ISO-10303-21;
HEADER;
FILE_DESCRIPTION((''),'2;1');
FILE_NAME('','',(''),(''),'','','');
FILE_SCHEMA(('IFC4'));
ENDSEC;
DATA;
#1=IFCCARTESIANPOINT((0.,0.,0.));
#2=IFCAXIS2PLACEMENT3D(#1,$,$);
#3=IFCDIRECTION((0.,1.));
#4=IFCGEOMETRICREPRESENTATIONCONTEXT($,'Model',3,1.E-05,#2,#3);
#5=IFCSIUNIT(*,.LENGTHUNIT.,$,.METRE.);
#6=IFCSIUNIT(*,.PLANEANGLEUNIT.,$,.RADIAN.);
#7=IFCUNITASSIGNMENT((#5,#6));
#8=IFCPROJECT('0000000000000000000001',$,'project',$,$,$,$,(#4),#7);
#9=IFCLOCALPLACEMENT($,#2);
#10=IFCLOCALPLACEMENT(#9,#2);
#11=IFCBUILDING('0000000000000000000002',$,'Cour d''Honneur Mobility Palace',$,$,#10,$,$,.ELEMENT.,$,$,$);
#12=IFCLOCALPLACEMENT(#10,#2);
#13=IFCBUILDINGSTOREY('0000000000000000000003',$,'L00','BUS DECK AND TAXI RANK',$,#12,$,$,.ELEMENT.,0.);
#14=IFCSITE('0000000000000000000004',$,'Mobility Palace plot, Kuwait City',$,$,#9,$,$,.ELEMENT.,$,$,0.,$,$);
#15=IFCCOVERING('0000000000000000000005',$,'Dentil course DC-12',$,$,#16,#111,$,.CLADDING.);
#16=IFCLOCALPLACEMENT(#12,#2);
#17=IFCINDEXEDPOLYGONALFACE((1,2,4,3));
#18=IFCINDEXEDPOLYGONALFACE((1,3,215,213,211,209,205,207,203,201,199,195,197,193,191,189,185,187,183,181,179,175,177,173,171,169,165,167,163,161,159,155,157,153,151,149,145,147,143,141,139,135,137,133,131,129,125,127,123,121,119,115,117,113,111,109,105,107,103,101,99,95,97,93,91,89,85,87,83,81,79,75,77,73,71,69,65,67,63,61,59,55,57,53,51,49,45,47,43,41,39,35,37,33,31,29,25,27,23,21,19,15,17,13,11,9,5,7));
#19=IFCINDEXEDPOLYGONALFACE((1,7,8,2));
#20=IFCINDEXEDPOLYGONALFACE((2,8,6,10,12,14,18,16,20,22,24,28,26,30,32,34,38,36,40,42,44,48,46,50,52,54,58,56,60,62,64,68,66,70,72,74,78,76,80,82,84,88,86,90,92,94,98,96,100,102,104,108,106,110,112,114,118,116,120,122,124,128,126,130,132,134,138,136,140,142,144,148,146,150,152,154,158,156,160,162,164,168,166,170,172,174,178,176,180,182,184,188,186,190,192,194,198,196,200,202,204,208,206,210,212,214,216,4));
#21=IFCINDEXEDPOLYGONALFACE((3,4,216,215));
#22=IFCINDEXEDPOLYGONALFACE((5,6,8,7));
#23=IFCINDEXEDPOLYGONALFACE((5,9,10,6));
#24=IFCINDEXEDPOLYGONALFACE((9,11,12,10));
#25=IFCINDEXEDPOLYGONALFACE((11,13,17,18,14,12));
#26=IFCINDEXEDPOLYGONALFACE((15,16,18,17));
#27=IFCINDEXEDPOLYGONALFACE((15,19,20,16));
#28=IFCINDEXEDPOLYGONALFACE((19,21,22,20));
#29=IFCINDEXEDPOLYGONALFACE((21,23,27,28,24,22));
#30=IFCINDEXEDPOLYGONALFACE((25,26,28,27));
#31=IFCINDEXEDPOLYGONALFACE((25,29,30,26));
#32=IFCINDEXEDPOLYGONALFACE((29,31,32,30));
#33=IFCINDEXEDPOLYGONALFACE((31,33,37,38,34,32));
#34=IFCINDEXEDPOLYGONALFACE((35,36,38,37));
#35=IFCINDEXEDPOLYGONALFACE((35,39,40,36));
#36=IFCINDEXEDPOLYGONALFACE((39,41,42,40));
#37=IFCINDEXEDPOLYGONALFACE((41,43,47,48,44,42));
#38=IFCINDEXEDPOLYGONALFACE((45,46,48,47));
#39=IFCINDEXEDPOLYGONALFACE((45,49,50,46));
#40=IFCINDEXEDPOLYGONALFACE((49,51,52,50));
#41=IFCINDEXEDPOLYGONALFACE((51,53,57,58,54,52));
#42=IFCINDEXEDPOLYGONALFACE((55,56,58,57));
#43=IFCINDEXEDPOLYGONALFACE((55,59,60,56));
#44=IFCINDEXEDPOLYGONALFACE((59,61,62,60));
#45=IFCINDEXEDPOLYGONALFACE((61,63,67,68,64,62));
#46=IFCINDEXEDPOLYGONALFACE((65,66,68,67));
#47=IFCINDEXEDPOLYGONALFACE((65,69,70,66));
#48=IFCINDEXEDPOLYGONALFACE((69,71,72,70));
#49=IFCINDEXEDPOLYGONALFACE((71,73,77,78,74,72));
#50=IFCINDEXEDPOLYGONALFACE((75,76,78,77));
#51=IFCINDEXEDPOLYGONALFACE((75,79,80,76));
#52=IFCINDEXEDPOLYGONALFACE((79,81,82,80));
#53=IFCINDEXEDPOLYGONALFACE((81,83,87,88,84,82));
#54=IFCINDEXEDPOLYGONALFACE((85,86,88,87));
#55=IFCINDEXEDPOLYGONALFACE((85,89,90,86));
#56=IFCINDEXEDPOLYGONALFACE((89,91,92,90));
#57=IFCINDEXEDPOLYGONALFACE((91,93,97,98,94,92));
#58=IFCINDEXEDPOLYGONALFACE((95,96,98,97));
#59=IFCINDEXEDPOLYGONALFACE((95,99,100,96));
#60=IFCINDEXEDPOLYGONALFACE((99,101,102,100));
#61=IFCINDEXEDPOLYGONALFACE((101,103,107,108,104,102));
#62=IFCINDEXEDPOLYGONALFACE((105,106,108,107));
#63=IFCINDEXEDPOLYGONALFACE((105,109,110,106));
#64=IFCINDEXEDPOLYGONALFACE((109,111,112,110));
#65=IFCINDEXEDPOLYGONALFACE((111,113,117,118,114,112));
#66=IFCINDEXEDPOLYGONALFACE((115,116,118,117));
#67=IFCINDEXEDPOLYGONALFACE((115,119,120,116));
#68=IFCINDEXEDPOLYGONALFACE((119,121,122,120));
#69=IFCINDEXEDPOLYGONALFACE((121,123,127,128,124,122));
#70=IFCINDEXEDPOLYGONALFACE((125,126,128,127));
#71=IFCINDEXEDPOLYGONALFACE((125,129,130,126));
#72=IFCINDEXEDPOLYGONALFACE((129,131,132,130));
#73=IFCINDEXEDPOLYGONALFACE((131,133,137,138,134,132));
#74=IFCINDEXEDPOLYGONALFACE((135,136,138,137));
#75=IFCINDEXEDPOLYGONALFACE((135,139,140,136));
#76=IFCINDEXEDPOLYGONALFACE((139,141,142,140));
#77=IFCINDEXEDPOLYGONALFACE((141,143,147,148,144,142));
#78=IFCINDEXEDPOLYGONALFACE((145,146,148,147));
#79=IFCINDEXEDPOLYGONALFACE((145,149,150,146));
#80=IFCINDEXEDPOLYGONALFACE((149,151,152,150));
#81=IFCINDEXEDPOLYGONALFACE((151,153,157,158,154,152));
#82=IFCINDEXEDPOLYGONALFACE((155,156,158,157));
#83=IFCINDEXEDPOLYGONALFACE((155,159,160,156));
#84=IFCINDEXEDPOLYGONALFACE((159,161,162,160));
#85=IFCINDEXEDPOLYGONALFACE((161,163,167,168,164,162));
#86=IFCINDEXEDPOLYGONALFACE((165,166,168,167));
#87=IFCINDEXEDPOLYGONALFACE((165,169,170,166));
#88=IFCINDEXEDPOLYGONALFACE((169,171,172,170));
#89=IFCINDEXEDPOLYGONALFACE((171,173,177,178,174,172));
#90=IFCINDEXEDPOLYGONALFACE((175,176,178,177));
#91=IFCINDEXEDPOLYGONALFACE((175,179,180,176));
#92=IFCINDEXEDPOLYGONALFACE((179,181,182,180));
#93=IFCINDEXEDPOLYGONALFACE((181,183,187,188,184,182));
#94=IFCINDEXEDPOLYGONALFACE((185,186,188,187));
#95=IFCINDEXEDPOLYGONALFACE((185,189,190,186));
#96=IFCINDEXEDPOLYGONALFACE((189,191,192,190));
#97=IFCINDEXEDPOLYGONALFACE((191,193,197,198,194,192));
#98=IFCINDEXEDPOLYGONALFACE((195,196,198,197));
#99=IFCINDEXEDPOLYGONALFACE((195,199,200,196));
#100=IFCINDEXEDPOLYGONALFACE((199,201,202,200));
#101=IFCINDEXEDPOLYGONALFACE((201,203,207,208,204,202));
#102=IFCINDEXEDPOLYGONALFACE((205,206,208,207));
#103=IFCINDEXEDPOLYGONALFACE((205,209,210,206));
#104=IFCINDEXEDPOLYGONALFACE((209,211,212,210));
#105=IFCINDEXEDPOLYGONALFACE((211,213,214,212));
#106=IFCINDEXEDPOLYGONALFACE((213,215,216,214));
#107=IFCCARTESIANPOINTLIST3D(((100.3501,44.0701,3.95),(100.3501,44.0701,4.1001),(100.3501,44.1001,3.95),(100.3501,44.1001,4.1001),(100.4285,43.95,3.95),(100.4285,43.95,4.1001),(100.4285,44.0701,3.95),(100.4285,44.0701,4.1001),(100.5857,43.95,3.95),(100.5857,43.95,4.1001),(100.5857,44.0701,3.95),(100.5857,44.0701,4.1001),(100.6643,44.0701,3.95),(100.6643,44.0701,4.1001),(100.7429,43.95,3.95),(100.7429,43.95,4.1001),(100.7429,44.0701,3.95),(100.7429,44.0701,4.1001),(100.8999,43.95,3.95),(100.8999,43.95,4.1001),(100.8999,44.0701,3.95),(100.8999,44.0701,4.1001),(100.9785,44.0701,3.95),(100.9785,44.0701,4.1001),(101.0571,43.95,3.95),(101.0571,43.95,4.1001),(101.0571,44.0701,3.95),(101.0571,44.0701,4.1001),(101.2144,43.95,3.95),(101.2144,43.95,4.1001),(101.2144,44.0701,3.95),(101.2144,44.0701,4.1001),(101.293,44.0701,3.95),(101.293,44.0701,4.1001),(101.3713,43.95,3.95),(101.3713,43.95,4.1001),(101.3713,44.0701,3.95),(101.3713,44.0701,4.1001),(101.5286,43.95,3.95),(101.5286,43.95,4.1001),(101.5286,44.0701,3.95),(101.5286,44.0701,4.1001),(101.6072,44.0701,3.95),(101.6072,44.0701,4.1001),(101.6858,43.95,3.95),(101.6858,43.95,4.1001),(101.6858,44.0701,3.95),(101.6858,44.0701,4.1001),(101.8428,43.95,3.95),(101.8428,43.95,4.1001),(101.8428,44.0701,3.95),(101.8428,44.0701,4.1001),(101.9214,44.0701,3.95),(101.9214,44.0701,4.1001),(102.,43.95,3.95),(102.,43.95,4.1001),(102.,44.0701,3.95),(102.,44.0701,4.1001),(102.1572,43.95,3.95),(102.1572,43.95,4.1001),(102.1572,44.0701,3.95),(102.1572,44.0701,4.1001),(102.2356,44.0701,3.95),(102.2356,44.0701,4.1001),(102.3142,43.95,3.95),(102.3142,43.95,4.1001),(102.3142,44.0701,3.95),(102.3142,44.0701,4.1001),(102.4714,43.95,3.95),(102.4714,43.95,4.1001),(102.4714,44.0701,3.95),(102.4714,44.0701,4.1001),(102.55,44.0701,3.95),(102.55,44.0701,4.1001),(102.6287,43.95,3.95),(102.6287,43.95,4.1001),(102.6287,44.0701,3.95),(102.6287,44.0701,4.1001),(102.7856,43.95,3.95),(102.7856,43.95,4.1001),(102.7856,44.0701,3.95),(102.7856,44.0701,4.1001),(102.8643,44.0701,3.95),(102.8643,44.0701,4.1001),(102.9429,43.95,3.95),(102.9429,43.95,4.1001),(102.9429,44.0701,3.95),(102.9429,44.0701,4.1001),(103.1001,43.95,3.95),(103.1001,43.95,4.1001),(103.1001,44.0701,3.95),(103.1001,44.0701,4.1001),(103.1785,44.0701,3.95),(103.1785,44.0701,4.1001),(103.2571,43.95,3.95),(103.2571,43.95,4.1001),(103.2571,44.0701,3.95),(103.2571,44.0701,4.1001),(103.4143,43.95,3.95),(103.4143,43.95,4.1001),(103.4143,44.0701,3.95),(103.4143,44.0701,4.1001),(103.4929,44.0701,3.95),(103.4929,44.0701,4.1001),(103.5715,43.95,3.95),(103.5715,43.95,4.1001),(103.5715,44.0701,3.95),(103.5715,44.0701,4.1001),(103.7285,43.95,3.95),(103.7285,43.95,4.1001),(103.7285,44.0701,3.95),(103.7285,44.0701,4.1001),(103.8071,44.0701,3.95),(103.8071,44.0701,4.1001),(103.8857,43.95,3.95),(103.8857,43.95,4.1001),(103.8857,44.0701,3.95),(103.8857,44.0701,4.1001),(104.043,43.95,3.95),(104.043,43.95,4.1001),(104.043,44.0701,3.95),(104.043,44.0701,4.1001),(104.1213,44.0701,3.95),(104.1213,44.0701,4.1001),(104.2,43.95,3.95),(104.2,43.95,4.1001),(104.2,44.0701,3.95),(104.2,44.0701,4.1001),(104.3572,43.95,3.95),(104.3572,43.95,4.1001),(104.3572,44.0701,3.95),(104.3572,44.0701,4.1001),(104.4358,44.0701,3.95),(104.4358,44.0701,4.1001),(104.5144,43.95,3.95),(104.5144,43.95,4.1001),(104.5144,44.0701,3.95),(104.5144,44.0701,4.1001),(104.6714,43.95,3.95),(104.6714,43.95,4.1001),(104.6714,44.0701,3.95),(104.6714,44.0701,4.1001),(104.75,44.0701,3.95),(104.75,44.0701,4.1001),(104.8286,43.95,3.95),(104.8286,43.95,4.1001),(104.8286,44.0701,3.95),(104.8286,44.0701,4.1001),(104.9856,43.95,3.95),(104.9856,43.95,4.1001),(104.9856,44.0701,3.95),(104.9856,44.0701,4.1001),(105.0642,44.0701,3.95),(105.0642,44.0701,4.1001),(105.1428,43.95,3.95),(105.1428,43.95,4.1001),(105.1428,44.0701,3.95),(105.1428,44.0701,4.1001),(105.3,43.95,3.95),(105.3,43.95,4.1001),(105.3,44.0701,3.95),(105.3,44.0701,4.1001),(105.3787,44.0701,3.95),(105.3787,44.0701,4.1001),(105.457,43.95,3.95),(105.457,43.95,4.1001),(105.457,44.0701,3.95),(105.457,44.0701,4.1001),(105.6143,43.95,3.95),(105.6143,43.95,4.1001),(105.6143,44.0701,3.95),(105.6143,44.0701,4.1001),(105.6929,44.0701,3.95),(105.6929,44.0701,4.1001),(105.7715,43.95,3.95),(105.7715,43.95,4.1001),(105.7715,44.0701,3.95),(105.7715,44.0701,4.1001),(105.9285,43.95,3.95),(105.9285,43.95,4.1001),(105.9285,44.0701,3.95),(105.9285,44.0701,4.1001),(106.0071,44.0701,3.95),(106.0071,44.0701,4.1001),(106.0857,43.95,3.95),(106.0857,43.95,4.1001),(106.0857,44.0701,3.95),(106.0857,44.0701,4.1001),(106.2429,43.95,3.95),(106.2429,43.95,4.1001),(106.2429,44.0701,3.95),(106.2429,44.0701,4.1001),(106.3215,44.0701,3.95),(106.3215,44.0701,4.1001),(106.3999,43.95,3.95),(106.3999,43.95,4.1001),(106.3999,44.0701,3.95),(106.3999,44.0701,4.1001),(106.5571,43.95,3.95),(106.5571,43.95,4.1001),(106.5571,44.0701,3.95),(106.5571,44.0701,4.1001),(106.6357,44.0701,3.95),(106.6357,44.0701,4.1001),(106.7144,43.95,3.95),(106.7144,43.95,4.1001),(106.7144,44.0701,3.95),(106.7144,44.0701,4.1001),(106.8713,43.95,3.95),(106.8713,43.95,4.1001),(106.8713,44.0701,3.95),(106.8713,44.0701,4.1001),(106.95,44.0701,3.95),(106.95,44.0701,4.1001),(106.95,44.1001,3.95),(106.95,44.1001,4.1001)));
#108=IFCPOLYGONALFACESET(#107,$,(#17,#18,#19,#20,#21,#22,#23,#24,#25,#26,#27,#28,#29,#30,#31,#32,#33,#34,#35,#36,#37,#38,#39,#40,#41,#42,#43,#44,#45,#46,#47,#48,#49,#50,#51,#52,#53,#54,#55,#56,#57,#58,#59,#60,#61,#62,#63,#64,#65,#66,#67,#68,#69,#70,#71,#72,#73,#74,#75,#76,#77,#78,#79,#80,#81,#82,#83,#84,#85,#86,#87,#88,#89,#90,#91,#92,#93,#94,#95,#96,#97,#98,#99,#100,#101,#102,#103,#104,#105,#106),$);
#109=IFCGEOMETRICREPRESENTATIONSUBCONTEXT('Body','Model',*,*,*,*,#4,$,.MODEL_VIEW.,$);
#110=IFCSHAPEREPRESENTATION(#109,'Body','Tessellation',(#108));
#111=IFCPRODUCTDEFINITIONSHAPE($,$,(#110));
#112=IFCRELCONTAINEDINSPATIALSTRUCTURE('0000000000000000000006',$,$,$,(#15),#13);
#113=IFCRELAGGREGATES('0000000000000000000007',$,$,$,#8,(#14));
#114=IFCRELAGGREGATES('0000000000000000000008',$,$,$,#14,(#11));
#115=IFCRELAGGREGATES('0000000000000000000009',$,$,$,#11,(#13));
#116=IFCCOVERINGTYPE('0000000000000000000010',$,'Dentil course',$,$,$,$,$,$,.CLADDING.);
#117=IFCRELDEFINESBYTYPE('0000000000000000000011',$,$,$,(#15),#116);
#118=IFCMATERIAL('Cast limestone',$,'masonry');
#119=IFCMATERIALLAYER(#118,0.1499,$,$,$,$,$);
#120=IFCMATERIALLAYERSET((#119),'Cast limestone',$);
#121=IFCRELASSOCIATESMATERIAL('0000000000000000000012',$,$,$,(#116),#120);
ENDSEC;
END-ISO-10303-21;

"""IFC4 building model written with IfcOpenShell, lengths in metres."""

from ifc_helpers import new_model, si_unit, direction, frame, origin, place, context, subcontext, project, spatial, polyline, outline, extrude, material, layer, layer_set, type_object, element, save


model = new_model("IFC4")

# Units and contexts
model_context = context("Model", 3, precision=1e-05, world=origin(), true_north=direction((0.0, 1.0)))
body_context = subcontext(model_context, "Body", "Model", "MODEL_VIEW")
ifc_project = project(units=[si_unit("LENGTHUNIT", "METRE"), si_unit("PLANEANGLEUNIT", "RADIAN")], contexts=[model_context])

# Site, building, storey
site_placement = place(None, origin())
site = spatial("IfcSite", under=ifc_project, at=site_placement, Name="Mobility Palace plot, Kuwait City", CompositionType="ELEMENT", RefElevation=0.0)
building_placement = place(site_placement, origin())
building = spatial("IfcBuilding", under=site, at=building_placement, Name="Cour d'Honneur Mobility Palace", CompositionType="ELEMENT")
storey_placement = place(building_placement, origin())
storey = spatial("IfcBuildingStorey", under=building, at=storey_placement, Name="L00", Description="BUS DECK AND TAXI RANK", CompositionType="ELEMENT", Elevation=0.0)

# Covering
ifc_material = material(Name="Cast limestone", Category="masonry")
ifc_layer = layer(ifc_material, 0.1499)
ifc_layer_set = layer_set([ifc_layer], Name="Cast limestone")
covering_type = type_object("IfcCoveringType", Name="Dentil course", PredefinedType="CLADDING", material=ifc_layer_set)
covering_1_placement = place(storey_placement, frame((0.0, 0.0, 3.95)))
element("IfcCovering", 1, at=covering_1_placement, inside=storey, type_object=covering_type, Name="Dentil course DC-12", PredefinedType="CLADDING", context=body_context, shape_type="SweptSolid", body=[
    extrude(outline(polyline([(100.3501, 44.1001), (106.95, 44.1001), (106.95, 44.0701), (106.95, 44.0701), (106.8713, 44.0701), (106.8713, 43.95), (106.7144, 43.95), (106.7144, 44.0701), (106.6357, 44.0701), (106.6357, 44.0701), (106.5571, 44.0701), (106.5571, 43.95), (106.3999, 43.95), (106.3999, 44.0701), (106.3215, 44.0701), (106.3215, 44.0701), (106.2429, 44.0701), (106.2429, 43.95), (106.0857, 43.95), (106.0857, 44.0701), (106.0071, 44.0701), (106.0071, 44.0701), (105.9285, 44.0701), (105.9285, 43.95), (105.7715, 43.95), (105.7715, 44.0701), (105.6929, 44.0701), (105.6929, 44.0701), (105.6143, 44.0701), (105.6143, 43.95), (105.457, 43.95), (105.457, 44.0701), (105.3787, 44.0701), (105.3787, 44.0701), (105.3, 44.0701), (105.3, 43.95), (105.1428, 43.95), (105.1428, 44.0701), (105.0642, 44.0701), (105.0642, 44.0701), (104.9856, 44.0701), (104.9856, 43.95), (104.8286, 43.95), (104.8286, 44.0701), (104.75, 44.0701), (104.75, 44.0701), (104.6714, 44.0701), (104.6714, 43.95), (104.5144, 43.95), (104.5144, 44.0701), (104.4358, 44.0701), (104.4358, 44.0701), (104.3572, 44.0701), (104.3572, 43.95), (104.2, 43.95), (104.2, 44.0701), (104.1213, 44.0701), (104.1213, 44.0701), (104.043, 44.0701), (104.043, 43.95), (103.8857, 43.95), (103.8857, 44.0701), (103.8071, 44.0701), (103.8071, 44.0701), (103.7285, 44.0701), (103.7285, 43.95), (103.5715, 43.95), (103.5715, 44.0701), (103.4929, 44.0701), (103.4929, 44.0701), (103.4143, 44.0701), (103.4143, 43.95), (103.2571, 43.95), (103.2571, 44.0701), (103.1785, 44.0701), (103.1785, 44.0701), (103.1001, 44.0701), (103.1001, 43.95), (102.9429, 43.95), (102.9429, 44.0701), (102.8643, 44.0701), (102.8643, 44.0701), (102.7856, 44.0701), (102.7856, 43.95), (102.6287, 43.95), (102.6287, 44.0701), (102.55, 44.0701), (102.55, 44.0701), (102.4714, 44.0701), (102.4714, 43.95), (102.3142, 43.95), (102.3142, 44.0701), (102.2356, 44.0701), (102.2356, 44.0701), (102.1572, 44.0701), (102.1572, 43.95), (102.0, 43.95), (102.0, 44.0701), (101.9214, 44.0701), (101.9214, 44.0701), (101.8428, 44.0701), (101.8428, 43.95), (101.6858, 43.95), (101.6858, 44.0701), (101.6072, 44.0701), (101.6072, 44.0701), (101.5286, 44.0701), (101.5286, 43.95), (101.3713, 43.95), (101.3713, 44.0701), (101.293, 44.0701), (101.293, 44.0701), (101.2144, 44.0701), (101.2144, 43.95), (101.0571, 43.95), (101.0571, 44.0701), (100.9785, 44.0701), (100.9785, 44.0701), (100.8999, 44.0701), (100.8999, 43.95), (100.7429, 43.95), (100.7429, 44.0701), (100.6643, 44.0701), (100.6643, 44.0701), (100.5857, 44.0701), (100.5857, 43.95), (100.4285, 43.95), (100.4285, 44.0701), (100.3501, 44.0701), (100.3501, 44.1001)])), origin(), (0.0, 0.0, 1.0), 0.1501),
])

save(model, "model.ifc")
